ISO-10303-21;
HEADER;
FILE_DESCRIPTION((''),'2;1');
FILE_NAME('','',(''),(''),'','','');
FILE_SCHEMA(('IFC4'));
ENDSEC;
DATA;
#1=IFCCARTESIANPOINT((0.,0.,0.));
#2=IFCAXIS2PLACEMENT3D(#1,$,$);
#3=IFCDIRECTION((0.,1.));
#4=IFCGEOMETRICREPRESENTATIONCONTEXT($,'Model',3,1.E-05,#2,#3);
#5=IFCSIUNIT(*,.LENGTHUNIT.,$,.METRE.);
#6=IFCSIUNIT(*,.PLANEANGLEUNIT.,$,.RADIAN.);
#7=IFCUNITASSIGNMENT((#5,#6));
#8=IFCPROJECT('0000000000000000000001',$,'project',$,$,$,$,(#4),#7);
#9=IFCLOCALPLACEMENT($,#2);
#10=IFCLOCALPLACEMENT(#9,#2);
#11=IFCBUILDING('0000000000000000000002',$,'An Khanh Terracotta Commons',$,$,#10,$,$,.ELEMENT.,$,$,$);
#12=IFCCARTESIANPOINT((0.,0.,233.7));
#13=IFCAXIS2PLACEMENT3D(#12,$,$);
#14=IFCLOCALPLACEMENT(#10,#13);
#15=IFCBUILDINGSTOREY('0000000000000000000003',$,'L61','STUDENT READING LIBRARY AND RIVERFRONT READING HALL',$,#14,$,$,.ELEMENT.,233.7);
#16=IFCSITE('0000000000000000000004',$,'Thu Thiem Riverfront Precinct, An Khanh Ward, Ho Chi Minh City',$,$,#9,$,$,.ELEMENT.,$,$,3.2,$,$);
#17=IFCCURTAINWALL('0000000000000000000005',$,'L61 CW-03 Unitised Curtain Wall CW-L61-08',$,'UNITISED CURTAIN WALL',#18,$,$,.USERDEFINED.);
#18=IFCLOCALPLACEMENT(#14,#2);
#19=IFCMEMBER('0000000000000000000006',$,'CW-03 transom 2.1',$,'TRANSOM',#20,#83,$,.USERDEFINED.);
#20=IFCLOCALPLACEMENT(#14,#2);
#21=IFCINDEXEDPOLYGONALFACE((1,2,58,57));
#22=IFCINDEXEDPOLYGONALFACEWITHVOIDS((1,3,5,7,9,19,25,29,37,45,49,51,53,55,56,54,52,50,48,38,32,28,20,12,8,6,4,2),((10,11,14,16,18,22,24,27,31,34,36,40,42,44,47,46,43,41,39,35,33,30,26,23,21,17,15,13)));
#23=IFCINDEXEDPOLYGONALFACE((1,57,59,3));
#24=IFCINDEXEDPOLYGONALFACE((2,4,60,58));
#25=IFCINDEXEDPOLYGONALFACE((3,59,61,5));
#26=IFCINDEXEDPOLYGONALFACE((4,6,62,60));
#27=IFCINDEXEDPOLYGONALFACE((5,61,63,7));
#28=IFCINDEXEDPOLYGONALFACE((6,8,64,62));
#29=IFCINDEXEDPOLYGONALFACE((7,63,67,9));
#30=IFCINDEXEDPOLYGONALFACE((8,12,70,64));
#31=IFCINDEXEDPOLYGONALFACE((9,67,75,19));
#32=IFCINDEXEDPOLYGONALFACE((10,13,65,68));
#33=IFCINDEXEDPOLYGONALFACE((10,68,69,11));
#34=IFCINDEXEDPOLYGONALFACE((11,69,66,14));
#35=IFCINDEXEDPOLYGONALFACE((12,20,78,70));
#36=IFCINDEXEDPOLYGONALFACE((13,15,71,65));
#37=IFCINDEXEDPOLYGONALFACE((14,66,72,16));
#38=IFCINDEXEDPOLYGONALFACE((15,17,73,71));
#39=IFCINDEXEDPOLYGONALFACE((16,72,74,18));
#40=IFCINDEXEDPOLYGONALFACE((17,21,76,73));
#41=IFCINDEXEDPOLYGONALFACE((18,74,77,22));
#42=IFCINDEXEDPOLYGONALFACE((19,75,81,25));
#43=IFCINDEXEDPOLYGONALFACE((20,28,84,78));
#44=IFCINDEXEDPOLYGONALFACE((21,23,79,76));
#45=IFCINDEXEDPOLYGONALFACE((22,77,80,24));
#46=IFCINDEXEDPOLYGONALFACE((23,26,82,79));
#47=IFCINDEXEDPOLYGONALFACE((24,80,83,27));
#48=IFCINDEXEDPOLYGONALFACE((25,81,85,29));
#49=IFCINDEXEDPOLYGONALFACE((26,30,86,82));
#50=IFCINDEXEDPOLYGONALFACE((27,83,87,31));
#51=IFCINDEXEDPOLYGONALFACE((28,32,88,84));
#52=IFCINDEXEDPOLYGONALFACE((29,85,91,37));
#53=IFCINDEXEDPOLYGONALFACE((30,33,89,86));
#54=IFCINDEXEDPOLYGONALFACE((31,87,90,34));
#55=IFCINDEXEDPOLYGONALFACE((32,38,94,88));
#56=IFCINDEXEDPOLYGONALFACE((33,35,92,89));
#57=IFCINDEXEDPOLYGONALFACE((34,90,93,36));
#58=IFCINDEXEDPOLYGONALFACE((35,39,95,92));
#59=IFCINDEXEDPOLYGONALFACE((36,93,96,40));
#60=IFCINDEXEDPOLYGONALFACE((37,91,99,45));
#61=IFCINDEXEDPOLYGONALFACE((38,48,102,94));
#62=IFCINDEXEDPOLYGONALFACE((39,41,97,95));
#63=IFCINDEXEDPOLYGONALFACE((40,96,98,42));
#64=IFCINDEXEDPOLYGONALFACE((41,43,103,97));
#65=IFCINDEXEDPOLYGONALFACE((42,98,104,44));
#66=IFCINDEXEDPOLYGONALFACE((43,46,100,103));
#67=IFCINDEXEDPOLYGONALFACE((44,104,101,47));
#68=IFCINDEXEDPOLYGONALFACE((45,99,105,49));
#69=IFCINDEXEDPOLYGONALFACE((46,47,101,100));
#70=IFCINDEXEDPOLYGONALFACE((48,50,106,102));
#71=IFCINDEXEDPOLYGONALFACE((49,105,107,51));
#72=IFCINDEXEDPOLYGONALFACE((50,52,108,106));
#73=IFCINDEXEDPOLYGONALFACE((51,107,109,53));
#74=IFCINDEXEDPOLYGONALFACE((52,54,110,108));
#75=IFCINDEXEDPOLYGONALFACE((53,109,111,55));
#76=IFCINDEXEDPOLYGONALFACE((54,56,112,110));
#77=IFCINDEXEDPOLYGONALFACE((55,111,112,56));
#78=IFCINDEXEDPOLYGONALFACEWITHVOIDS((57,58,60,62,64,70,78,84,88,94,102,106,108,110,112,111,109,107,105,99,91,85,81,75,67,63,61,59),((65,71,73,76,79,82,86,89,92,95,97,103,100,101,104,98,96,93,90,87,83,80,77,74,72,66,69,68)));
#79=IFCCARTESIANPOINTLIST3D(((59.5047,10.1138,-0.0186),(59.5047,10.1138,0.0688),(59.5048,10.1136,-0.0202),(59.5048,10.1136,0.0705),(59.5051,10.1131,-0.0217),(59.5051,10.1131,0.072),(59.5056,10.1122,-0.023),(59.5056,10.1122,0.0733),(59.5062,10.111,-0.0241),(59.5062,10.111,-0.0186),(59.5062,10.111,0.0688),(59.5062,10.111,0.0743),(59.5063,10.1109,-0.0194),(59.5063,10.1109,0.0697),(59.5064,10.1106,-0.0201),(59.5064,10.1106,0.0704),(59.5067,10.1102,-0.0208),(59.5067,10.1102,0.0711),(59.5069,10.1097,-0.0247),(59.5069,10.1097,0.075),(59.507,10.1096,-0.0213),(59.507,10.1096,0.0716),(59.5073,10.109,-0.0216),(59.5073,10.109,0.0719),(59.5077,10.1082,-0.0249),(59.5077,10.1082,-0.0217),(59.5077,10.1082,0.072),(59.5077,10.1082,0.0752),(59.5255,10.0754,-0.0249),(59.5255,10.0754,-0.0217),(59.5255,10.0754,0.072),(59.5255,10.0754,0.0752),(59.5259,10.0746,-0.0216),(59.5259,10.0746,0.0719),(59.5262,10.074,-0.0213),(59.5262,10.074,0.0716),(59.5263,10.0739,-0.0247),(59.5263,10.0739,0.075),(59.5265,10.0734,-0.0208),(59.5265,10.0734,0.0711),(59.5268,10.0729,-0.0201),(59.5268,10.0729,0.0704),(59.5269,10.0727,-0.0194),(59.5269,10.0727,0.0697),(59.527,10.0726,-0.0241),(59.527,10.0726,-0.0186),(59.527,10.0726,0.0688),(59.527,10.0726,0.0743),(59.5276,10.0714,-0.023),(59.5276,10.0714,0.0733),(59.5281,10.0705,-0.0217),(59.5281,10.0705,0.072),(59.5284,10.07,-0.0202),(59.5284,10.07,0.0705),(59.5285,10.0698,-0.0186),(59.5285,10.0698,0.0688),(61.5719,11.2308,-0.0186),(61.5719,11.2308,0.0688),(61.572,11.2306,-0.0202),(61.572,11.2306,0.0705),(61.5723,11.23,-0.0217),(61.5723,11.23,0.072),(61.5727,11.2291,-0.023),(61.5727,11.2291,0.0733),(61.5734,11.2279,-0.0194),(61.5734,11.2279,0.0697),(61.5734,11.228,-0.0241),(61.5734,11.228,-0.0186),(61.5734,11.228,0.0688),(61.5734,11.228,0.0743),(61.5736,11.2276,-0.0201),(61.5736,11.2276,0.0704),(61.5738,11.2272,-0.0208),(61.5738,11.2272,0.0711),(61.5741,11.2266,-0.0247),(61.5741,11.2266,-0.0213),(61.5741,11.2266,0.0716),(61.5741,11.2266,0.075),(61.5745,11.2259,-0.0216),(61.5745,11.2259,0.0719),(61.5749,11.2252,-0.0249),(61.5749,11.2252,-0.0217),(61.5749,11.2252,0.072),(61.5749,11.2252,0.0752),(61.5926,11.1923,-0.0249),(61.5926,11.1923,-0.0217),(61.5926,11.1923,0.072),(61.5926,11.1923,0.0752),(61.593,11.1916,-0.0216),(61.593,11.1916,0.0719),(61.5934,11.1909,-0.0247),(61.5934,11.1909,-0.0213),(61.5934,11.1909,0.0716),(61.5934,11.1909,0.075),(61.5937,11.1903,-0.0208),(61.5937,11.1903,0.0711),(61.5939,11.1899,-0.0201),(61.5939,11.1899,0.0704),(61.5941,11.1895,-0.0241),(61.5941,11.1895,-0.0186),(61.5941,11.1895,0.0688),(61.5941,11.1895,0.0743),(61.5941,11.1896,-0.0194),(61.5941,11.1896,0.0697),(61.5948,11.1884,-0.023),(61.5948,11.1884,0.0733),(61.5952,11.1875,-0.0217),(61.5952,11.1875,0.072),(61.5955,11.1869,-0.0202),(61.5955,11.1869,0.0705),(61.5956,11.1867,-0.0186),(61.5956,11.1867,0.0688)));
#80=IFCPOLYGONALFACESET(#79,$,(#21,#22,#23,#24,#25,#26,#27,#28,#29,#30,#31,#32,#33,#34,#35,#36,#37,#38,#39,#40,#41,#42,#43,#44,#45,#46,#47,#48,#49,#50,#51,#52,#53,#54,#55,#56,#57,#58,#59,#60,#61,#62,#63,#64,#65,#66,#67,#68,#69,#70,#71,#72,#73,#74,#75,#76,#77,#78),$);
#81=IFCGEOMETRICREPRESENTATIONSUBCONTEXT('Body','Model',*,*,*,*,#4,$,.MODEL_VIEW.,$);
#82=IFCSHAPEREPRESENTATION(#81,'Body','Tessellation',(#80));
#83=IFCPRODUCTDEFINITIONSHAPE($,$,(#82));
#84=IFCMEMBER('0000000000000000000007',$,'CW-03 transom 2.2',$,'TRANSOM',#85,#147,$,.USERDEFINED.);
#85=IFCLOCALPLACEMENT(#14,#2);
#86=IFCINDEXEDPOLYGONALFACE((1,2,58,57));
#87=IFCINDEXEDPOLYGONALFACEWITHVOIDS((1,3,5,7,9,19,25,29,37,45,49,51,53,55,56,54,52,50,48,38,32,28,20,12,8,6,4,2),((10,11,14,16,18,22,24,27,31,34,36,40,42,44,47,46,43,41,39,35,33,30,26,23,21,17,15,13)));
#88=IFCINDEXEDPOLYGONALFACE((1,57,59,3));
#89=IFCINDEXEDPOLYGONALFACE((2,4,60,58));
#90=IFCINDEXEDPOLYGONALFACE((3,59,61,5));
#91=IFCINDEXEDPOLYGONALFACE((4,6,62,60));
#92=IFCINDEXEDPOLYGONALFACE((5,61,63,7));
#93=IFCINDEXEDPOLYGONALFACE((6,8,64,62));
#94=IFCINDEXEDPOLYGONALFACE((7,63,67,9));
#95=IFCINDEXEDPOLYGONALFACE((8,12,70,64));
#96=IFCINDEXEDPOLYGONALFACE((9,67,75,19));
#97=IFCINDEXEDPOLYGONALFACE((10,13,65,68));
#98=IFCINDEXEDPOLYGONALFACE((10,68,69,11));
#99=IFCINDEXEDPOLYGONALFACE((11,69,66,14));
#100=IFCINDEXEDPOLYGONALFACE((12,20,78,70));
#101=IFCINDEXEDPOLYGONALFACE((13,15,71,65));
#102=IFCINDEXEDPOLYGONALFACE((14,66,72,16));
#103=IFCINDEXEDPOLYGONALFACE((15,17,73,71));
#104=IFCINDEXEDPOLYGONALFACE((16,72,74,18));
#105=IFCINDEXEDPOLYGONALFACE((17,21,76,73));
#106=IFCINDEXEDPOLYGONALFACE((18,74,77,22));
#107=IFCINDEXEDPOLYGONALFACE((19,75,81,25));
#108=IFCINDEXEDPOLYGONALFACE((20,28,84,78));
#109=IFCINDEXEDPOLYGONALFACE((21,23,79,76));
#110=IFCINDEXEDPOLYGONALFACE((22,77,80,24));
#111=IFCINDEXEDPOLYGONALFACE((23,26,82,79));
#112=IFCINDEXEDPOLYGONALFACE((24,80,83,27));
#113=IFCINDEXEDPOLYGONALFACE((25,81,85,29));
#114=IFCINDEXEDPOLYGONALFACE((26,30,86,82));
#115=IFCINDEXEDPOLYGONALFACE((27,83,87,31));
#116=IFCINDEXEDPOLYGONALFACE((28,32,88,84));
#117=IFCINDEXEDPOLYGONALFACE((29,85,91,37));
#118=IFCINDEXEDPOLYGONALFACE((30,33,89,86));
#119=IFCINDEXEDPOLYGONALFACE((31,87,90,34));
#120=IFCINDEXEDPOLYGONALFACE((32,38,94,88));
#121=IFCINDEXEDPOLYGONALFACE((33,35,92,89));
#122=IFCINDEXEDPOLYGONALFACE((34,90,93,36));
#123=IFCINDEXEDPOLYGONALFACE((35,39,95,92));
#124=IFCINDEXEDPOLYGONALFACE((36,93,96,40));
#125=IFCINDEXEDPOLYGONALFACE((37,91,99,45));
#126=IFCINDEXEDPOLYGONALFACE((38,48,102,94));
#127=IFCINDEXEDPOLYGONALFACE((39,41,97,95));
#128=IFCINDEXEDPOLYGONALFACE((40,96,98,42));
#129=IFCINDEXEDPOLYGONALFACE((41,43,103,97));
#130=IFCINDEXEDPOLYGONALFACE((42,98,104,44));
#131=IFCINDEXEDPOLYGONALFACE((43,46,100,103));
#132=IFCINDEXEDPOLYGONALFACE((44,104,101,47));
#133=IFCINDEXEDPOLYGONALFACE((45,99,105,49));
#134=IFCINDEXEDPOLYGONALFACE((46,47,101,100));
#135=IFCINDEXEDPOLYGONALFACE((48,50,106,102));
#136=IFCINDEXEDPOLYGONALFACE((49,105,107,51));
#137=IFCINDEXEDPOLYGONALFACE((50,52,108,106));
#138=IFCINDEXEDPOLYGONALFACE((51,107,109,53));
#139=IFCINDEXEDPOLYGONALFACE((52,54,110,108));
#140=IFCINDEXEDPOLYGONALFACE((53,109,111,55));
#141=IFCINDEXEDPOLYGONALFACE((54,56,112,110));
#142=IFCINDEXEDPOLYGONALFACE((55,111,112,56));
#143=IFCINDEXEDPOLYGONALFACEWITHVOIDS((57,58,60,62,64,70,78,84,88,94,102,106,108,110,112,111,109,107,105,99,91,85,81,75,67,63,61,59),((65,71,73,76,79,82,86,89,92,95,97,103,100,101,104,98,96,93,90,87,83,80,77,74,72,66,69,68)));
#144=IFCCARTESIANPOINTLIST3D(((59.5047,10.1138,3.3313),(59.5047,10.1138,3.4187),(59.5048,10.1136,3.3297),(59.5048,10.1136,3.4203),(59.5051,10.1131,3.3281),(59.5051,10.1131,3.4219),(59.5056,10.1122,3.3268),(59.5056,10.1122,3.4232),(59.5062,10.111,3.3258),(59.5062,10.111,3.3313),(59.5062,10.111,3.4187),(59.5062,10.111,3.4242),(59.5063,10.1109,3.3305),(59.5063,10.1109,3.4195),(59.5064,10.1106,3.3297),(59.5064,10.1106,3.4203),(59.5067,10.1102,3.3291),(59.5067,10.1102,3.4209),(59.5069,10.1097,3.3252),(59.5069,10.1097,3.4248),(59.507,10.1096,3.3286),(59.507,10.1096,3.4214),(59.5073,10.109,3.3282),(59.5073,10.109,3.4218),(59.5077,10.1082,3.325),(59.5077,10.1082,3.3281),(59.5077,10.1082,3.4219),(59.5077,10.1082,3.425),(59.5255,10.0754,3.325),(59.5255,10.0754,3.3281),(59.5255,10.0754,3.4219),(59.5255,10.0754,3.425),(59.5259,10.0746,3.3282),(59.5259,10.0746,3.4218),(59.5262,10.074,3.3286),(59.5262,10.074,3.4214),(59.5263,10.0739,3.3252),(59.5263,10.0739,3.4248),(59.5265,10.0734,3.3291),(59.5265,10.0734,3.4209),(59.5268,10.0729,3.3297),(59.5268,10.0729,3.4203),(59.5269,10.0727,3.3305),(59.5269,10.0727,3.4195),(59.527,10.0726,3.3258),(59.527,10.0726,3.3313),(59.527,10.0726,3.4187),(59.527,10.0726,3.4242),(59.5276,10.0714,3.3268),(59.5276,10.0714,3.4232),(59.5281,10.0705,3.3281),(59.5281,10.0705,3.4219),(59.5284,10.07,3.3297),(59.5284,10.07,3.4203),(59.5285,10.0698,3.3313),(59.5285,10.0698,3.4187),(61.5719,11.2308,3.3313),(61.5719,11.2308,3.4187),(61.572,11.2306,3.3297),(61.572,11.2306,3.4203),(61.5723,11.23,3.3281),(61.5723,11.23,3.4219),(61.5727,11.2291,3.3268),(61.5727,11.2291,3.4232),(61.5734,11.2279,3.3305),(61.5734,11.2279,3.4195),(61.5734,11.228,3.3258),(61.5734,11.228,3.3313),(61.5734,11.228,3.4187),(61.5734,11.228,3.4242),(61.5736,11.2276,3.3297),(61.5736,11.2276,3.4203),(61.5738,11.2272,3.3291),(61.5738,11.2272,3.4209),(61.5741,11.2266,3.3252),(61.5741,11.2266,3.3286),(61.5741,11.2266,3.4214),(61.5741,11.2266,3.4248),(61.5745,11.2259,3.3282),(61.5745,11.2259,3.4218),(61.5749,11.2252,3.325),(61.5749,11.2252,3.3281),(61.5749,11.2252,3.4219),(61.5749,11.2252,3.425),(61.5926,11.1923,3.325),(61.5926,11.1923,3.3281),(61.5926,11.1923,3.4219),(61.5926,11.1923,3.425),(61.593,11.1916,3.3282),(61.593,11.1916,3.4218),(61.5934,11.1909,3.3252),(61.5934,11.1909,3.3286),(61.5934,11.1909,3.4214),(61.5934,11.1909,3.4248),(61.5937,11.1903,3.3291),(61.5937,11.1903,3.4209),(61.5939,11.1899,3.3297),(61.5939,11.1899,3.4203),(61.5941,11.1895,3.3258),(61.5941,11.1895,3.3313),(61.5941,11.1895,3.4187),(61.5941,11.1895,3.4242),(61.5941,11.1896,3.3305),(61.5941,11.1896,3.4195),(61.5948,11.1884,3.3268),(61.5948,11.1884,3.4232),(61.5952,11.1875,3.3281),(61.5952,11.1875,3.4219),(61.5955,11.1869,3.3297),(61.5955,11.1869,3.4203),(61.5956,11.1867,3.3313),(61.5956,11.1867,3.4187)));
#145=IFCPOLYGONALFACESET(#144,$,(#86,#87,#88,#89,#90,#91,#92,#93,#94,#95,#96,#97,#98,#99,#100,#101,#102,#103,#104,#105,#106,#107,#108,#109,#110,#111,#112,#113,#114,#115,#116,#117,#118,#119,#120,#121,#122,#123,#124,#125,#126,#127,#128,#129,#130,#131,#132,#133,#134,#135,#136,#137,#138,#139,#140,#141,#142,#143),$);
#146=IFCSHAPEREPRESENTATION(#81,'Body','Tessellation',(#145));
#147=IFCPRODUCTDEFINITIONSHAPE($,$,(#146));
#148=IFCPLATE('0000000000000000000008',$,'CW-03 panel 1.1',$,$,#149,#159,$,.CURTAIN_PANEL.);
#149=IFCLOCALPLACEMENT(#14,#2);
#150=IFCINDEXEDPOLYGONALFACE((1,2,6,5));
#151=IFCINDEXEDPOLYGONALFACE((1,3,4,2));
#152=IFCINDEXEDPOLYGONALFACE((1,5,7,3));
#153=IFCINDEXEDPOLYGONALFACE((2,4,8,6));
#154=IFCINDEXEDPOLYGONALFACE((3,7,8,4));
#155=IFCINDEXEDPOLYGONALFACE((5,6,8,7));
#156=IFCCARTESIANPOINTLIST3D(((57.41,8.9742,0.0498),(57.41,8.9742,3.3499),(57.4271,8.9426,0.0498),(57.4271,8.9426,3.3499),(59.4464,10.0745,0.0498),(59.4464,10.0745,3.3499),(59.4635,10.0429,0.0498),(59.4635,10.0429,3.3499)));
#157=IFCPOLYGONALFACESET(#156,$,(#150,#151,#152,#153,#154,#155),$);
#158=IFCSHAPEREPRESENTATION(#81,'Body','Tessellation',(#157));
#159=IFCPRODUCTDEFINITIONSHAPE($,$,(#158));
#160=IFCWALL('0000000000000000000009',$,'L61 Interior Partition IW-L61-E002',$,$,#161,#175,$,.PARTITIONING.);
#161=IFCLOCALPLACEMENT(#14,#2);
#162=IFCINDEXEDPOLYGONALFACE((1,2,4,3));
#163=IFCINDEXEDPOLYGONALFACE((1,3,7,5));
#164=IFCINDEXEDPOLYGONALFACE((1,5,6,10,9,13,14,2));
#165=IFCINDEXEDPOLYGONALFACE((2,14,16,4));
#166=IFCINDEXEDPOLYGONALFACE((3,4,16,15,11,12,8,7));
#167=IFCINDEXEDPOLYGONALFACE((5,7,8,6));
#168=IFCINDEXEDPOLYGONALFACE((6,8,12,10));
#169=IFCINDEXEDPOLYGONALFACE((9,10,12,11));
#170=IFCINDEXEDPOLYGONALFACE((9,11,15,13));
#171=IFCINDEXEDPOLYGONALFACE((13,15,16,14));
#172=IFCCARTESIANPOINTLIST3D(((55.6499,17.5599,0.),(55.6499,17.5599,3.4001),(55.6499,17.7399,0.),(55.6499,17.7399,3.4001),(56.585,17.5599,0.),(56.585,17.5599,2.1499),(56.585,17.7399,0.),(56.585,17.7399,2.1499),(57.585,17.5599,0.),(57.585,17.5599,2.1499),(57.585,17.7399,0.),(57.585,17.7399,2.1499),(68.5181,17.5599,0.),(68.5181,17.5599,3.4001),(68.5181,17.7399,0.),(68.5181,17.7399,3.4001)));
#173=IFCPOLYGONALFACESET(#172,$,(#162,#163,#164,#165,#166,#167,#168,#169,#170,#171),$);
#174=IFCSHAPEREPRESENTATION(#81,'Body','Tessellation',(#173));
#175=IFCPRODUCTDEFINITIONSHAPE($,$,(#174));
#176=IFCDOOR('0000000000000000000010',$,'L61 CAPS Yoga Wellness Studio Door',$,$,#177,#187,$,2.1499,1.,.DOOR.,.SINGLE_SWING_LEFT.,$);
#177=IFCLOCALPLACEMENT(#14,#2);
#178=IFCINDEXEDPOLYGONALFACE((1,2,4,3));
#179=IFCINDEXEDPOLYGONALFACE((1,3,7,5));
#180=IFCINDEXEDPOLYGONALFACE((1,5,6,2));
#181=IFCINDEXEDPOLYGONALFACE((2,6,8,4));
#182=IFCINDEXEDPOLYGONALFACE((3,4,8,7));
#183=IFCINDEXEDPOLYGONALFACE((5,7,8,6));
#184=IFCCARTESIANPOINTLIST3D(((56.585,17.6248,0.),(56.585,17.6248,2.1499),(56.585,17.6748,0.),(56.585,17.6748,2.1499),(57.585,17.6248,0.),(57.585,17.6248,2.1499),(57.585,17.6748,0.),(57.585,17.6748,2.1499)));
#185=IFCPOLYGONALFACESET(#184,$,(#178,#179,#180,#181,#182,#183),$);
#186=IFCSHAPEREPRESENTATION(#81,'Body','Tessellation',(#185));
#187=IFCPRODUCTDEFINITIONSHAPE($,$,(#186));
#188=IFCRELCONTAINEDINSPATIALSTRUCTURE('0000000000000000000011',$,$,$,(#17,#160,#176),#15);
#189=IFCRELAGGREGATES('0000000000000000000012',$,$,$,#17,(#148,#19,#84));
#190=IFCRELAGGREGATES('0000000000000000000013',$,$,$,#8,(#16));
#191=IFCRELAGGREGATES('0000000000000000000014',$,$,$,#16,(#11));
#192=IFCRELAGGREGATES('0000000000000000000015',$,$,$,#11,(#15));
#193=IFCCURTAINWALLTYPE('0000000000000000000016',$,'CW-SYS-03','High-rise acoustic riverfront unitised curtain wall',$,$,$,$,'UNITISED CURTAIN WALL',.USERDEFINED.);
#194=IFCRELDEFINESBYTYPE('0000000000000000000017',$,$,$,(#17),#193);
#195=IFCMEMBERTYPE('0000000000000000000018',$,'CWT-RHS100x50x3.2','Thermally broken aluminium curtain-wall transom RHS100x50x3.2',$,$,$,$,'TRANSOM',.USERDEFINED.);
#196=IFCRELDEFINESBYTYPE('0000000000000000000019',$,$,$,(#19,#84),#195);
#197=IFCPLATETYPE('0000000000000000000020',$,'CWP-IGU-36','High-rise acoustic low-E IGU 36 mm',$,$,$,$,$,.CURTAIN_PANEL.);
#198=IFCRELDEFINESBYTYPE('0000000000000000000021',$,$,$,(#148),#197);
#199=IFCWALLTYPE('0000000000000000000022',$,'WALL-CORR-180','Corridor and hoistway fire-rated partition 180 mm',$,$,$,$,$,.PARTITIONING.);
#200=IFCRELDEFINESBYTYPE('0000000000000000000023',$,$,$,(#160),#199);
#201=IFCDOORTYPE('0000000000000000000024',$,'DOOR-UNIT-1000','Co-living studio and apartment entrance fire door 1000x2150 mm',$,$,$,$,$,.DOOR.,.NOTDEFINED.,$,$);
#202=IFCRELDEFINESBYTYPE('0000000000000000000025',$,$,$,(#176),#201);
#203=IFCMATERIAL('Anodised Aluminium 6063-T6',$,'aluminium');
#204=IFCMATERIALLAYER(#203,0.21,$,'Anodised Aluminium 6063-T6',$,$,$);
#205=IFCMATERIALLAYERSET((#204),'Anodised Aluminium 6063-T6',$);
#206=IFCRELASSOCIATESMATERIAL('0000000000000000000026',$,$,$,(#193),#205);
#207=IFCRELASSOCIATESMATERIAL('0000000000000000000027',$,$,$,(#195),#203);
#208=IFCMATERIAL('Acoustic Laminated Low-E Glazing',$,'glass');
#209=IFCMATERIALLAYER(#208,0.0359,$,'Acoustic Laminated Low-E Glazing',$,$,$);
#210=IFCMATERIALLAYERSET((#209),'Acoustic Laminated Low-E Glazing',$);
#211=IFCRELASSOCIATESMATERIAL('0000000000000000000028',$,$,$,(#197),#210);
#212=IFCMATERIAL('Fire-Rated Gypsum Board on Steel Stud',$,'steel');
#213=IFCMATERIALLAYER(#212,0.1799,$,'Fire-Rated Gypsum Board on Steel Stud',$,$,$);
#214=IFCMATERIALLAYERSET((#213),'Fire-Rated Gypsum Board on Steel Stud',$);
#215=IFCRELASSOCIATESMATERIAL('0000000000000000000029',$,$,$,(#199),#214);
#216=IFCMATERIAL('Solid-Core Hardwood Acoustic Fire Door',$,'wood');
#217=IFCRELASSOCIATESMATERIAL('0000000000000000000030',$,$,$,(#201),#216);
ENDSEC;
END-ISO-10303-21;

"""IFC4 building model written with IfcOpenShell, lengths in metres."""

from ifc_helpers import new_model, si_unit, direction, frame, frame_2d, origin, origin_2d, place, context, subcontext, project, spatial, rectangle, hollow_rectangle, extrude, material, layer, layer_set, material_profile, profile_set, type_object, element, fill, aggregate, save


model = new_model("IFC4")

# Units and contexts
model_context = context("Model", 3, precision=1e-05, world=origin(), true_north=direction((0.0, 1.0)))
body_context = subcontext(model_context, "Body", "Model", "MODEL_VIEW")
ifc_project = project(units=[si_unit("LENGTHUNIT", "METRE"), si_unit("PLANEANGLEUNIT", "RADIAN")], contexts=[model_context])

# Site, building, storey
site_placement = place(None, origin())
site = spatial("IfcSite", under=ifc_project, at=site_placement, Name="Thu Thiem Riverfront Precinct, An Khanh Ward, Ho Chi Minh City", CompositionType="ELEMENT", RefElevation=3.2)
building_placement = place(site_placement, origin())
building = spatial("IfcBuilding", under=site, at=building_placement, Name="An Khanh Terracotta Commons", CompositionType="ELEMENT")
storey_placement = place(building_placement, frame((0.0, 0.0, 233.7)))
storey = spatial("IfcBuildingStorey", under=building, at=storey_placement, Name="L61", Description="STUDENT READING LIBRARY AND RIVERFRONT READING HALL", CompositionType="ELEMENT", Elevation=233.7)

# Curtain wall, members, plate
ifc_material_1 = material(Name="Anodised Aluminium 6063-T6", Category="aluminium")
ifc_layer_1 = layer(ifc_material_1, 0.21, Name="Anodised Aluminium 6063-T6")
ifc_layer_set_1 = layer_set([ifc_layer_1], Name="Anodised Aluminium 6063-T6")
curtain_wall_type = type_object("IfcCurtainWallType", Name="CW-SYS-03", Description="High-rise acoustic riverfront unitised curtain wall", ElementType="UNITISED CURTAIN WALL", PredefinedType="USERDEFINED", material=ifc_layer_set_1)
curtain_wall_placement = place(storey_placement, origin())
curtain_wall = element("IfcCurtainWall", 1, at=curtain_wall_placement, inside=storey, type_object=curtain_wall_type, Name="L61 CW-03 Unitised Curtain Wall CW-L61-08", ObjectType="UNITISED CURTAIN WALL", PredefinedType="USERDEFINED")
ifc_material_profile_1 = material_profile(ifc_material_1, hollow_rectangle(XDim=0.05, YDim=0.1001, WallThickness=0.0032, InnerFilletRadius=0.0032, OuterFilletRadius=0.0063, at=origin_2d()), Name="RHS100x50x3.2")
ifc_profile_set_1 = profile_set([ifc_material_profile_1], Name="Anodised Aluminium 6063-T6")
member_type_1 = type_object("IfcMemberType", Name="CWT-RHS100x50x3.2", Description="Thermally broken aluminium curtain-wall transom RHS100x50x3.2", ElementType="TRANSOM", PredefinedType="USERDEFINED", material=ifc_profile_set_1)
member_1_placement = place(storey_placement, frame((59.5166, 10.0918, 0.0251), z_axis=(0.879783, 0.475376, 0.0), x_axis=(-0.475376, 0.879783, 0.0)))
member_1 = element("IfcMember", 2, at=member_1_placement, type_object=member_type_1, Name="CW-03 transom 2.1", ObjectType="TRANSOM", PredefinedType="USERDEFINED", context=body_context, shape_type="SweptSolid", body=[
    extrude(hollow_rectangle(XDim=0.05, YDim=0.1001, WallThickness=0.0032, InnerFilletRadius=0.0032, OuterFilletRadius=0.0063, at=origin_2d()), origin(), (0.0, 0.0, 1.0), 2.3496),
])
member_2_placement = place(storey_placement, frame((59.5166, 10.0918, 3.375), z_axis=(0.879783, 0.475376, 0.0), x_axis=(-0.475376, 0.879783, 0.0)))
member_2 = element("IfcMember", 3, at=member_2_placement, type_object=member_type_1, Name="CW-03 transom 2.2", ObjectType="TRANSOM", PredefinedType="USERDEFINED", context=body_context, shape_type="SweptSolid", body=[
    extrude(hollow_rectangle(XDim=0.05, YDim=0.1001, WallThickness=0.0032, InnerFilletRadius=0.0032, OuterFilletRadius=0.0063, at=origin_2d()), origin(), (0.0, 0.0, 1.0), 2.3496),
])
ifc_material_2 = material(Name="Acoustic Laminated Low-E Glazing", Category="glass")
ifc_layer_2 = layer(ifc_material_2, 0.0359, Name="Acoustic Laminated Low-E Glazing")
ifc_layer_set_2 = layer_set([ifc_layer_2], Name="Acoustic Laminated Low-E Glazing")
plate_type = type_object("IfcPlateType", Name="CWP-IGU-36", Description="High-rise acoustic low-E IGU 36 mm", PredefinedType="CURTAIN_PANEL", material=ifc_layer_set_2)
plate_placement = place(storey_placement, frame((58.4368, 9.5085, 0.0498), z_axis=(0.0, 0.0, 1.0), x_axis=(0.87978, 0.475381, 0.0)))
plate = element("IfcPlate", 4, at=plate_placement, type_object=plate_type, Name="CW-03 panel 1.1", PredefinedType="CURTAIN_PANEL", context=body_context, shape_type="SweptSolid", body=[
    extrude(rectangle(XDim=2.3147, YDim=0.0359, at=origin_2d()), origin(), (0.0, 0.0, 1.0), 3.3),
])
aggregate(curtain_wall, [plate, member_1, member_2])

# Wall, opening, door
ifc_material_3 = material(Name="Fire-Rated Gypsum Board on Steel Stud", Category="steel")
ifc_layer_3 = layer(ifc_material_3, 0.1799, Name="Fire-Rated Gypsum Board on Steel Stud")
ifc_layer_set_3 = layer_set([ifc_layer_3], Name="Fire-Rated Gypsum Board on Steel Stud")
wall_type_1 = type_object("IfcWallType", Name="WALL-CORR-180", Description="Corridor and hoistway fire-rated partition 180 mm", PredefinedType="PARTITIONING", material=ifc_layer_set_3)
wall_1_placement = place(storey_placement, frame((55.6499, 17.6499, 0.0), z_axis=(0.0, 0.0, 1.0), x_axis=(1.0, 0.0, 0.0)))
wall_1 = element("IfcWall", 5, at=wall_1_placement, inside=storey, type_object=wall_type_1, Name="L61 Interior Partition IW-L61-E002", PredefinedType="PARTITIONING", context=body_context, shape_type="SweptSolid", body=[
    extrude(rectangle(XDim=12.8682, YDim=0.1799, at=frame_2d((6.4341, 0.0))), origin(), (0.0, 0.0, 1.0), 3.4001),
])
opening_1_placement = place(wall_1_placement, frame((0.9351, 0.0, 0.0)))
opening_1 = element("IfcOpeningElement", 6, at=opening_1_placement, cuts=wall_1, PredefinedType="OPENING", context=body_context, shape_type="SweptSolid", body=[
    extrude(rectangle(XDim=1.0, YDim=2.1499, at=frame_2d((0.5, 1.075))), frame((0.0, 0.0999, 0.0), z_axis=(0.0, -1.0, 0.0), x_axis=(1.0, 0.0, 0.0)), (0.0, 0.0, 1.0), 0.2),
])
ifc_material_4 = material(Name="Solid-Core Hardwood Acoustic Fire Door", Category="wood")
door_type_1 = type_object("IfcDoorType", Name="DOOR-UNIT-1000", Description="Co-living studio and apartment entrance fire door 1000x2150 mm", OperationType="NOTDEFINED", PredefinedType="DOOR", material=ifc_material_4)
door_1_placement = place(opening_1_placement, origin())
door_1 = element("IfcDoor", 7, at=door_1_placement, inside=storey, type_object=door_type_1, Name="L61 CAPS Yoga Wellness Studio Door", OperationType="SINGLE_SWING_LEFT", OverallHeight=2.1499, OverallWidth=1.0, PredefinedType="DOOR", context=body_context, shape_type="SweptSolid", body=[
    extrude(rectangle(XDim=1.0, YDim=2.1499, at=frame_2d((0.5, 1.075))), frame((0.0, 0.0249, 0.0), z_axis=(0.0, -1.0, 0.0), x_axis=(1.0, 0.0, 0.0)), (0.0, 0.0, 1.0), 0.05),
])
fill(opening_1, door_1)

save(model, "model.ifc")
